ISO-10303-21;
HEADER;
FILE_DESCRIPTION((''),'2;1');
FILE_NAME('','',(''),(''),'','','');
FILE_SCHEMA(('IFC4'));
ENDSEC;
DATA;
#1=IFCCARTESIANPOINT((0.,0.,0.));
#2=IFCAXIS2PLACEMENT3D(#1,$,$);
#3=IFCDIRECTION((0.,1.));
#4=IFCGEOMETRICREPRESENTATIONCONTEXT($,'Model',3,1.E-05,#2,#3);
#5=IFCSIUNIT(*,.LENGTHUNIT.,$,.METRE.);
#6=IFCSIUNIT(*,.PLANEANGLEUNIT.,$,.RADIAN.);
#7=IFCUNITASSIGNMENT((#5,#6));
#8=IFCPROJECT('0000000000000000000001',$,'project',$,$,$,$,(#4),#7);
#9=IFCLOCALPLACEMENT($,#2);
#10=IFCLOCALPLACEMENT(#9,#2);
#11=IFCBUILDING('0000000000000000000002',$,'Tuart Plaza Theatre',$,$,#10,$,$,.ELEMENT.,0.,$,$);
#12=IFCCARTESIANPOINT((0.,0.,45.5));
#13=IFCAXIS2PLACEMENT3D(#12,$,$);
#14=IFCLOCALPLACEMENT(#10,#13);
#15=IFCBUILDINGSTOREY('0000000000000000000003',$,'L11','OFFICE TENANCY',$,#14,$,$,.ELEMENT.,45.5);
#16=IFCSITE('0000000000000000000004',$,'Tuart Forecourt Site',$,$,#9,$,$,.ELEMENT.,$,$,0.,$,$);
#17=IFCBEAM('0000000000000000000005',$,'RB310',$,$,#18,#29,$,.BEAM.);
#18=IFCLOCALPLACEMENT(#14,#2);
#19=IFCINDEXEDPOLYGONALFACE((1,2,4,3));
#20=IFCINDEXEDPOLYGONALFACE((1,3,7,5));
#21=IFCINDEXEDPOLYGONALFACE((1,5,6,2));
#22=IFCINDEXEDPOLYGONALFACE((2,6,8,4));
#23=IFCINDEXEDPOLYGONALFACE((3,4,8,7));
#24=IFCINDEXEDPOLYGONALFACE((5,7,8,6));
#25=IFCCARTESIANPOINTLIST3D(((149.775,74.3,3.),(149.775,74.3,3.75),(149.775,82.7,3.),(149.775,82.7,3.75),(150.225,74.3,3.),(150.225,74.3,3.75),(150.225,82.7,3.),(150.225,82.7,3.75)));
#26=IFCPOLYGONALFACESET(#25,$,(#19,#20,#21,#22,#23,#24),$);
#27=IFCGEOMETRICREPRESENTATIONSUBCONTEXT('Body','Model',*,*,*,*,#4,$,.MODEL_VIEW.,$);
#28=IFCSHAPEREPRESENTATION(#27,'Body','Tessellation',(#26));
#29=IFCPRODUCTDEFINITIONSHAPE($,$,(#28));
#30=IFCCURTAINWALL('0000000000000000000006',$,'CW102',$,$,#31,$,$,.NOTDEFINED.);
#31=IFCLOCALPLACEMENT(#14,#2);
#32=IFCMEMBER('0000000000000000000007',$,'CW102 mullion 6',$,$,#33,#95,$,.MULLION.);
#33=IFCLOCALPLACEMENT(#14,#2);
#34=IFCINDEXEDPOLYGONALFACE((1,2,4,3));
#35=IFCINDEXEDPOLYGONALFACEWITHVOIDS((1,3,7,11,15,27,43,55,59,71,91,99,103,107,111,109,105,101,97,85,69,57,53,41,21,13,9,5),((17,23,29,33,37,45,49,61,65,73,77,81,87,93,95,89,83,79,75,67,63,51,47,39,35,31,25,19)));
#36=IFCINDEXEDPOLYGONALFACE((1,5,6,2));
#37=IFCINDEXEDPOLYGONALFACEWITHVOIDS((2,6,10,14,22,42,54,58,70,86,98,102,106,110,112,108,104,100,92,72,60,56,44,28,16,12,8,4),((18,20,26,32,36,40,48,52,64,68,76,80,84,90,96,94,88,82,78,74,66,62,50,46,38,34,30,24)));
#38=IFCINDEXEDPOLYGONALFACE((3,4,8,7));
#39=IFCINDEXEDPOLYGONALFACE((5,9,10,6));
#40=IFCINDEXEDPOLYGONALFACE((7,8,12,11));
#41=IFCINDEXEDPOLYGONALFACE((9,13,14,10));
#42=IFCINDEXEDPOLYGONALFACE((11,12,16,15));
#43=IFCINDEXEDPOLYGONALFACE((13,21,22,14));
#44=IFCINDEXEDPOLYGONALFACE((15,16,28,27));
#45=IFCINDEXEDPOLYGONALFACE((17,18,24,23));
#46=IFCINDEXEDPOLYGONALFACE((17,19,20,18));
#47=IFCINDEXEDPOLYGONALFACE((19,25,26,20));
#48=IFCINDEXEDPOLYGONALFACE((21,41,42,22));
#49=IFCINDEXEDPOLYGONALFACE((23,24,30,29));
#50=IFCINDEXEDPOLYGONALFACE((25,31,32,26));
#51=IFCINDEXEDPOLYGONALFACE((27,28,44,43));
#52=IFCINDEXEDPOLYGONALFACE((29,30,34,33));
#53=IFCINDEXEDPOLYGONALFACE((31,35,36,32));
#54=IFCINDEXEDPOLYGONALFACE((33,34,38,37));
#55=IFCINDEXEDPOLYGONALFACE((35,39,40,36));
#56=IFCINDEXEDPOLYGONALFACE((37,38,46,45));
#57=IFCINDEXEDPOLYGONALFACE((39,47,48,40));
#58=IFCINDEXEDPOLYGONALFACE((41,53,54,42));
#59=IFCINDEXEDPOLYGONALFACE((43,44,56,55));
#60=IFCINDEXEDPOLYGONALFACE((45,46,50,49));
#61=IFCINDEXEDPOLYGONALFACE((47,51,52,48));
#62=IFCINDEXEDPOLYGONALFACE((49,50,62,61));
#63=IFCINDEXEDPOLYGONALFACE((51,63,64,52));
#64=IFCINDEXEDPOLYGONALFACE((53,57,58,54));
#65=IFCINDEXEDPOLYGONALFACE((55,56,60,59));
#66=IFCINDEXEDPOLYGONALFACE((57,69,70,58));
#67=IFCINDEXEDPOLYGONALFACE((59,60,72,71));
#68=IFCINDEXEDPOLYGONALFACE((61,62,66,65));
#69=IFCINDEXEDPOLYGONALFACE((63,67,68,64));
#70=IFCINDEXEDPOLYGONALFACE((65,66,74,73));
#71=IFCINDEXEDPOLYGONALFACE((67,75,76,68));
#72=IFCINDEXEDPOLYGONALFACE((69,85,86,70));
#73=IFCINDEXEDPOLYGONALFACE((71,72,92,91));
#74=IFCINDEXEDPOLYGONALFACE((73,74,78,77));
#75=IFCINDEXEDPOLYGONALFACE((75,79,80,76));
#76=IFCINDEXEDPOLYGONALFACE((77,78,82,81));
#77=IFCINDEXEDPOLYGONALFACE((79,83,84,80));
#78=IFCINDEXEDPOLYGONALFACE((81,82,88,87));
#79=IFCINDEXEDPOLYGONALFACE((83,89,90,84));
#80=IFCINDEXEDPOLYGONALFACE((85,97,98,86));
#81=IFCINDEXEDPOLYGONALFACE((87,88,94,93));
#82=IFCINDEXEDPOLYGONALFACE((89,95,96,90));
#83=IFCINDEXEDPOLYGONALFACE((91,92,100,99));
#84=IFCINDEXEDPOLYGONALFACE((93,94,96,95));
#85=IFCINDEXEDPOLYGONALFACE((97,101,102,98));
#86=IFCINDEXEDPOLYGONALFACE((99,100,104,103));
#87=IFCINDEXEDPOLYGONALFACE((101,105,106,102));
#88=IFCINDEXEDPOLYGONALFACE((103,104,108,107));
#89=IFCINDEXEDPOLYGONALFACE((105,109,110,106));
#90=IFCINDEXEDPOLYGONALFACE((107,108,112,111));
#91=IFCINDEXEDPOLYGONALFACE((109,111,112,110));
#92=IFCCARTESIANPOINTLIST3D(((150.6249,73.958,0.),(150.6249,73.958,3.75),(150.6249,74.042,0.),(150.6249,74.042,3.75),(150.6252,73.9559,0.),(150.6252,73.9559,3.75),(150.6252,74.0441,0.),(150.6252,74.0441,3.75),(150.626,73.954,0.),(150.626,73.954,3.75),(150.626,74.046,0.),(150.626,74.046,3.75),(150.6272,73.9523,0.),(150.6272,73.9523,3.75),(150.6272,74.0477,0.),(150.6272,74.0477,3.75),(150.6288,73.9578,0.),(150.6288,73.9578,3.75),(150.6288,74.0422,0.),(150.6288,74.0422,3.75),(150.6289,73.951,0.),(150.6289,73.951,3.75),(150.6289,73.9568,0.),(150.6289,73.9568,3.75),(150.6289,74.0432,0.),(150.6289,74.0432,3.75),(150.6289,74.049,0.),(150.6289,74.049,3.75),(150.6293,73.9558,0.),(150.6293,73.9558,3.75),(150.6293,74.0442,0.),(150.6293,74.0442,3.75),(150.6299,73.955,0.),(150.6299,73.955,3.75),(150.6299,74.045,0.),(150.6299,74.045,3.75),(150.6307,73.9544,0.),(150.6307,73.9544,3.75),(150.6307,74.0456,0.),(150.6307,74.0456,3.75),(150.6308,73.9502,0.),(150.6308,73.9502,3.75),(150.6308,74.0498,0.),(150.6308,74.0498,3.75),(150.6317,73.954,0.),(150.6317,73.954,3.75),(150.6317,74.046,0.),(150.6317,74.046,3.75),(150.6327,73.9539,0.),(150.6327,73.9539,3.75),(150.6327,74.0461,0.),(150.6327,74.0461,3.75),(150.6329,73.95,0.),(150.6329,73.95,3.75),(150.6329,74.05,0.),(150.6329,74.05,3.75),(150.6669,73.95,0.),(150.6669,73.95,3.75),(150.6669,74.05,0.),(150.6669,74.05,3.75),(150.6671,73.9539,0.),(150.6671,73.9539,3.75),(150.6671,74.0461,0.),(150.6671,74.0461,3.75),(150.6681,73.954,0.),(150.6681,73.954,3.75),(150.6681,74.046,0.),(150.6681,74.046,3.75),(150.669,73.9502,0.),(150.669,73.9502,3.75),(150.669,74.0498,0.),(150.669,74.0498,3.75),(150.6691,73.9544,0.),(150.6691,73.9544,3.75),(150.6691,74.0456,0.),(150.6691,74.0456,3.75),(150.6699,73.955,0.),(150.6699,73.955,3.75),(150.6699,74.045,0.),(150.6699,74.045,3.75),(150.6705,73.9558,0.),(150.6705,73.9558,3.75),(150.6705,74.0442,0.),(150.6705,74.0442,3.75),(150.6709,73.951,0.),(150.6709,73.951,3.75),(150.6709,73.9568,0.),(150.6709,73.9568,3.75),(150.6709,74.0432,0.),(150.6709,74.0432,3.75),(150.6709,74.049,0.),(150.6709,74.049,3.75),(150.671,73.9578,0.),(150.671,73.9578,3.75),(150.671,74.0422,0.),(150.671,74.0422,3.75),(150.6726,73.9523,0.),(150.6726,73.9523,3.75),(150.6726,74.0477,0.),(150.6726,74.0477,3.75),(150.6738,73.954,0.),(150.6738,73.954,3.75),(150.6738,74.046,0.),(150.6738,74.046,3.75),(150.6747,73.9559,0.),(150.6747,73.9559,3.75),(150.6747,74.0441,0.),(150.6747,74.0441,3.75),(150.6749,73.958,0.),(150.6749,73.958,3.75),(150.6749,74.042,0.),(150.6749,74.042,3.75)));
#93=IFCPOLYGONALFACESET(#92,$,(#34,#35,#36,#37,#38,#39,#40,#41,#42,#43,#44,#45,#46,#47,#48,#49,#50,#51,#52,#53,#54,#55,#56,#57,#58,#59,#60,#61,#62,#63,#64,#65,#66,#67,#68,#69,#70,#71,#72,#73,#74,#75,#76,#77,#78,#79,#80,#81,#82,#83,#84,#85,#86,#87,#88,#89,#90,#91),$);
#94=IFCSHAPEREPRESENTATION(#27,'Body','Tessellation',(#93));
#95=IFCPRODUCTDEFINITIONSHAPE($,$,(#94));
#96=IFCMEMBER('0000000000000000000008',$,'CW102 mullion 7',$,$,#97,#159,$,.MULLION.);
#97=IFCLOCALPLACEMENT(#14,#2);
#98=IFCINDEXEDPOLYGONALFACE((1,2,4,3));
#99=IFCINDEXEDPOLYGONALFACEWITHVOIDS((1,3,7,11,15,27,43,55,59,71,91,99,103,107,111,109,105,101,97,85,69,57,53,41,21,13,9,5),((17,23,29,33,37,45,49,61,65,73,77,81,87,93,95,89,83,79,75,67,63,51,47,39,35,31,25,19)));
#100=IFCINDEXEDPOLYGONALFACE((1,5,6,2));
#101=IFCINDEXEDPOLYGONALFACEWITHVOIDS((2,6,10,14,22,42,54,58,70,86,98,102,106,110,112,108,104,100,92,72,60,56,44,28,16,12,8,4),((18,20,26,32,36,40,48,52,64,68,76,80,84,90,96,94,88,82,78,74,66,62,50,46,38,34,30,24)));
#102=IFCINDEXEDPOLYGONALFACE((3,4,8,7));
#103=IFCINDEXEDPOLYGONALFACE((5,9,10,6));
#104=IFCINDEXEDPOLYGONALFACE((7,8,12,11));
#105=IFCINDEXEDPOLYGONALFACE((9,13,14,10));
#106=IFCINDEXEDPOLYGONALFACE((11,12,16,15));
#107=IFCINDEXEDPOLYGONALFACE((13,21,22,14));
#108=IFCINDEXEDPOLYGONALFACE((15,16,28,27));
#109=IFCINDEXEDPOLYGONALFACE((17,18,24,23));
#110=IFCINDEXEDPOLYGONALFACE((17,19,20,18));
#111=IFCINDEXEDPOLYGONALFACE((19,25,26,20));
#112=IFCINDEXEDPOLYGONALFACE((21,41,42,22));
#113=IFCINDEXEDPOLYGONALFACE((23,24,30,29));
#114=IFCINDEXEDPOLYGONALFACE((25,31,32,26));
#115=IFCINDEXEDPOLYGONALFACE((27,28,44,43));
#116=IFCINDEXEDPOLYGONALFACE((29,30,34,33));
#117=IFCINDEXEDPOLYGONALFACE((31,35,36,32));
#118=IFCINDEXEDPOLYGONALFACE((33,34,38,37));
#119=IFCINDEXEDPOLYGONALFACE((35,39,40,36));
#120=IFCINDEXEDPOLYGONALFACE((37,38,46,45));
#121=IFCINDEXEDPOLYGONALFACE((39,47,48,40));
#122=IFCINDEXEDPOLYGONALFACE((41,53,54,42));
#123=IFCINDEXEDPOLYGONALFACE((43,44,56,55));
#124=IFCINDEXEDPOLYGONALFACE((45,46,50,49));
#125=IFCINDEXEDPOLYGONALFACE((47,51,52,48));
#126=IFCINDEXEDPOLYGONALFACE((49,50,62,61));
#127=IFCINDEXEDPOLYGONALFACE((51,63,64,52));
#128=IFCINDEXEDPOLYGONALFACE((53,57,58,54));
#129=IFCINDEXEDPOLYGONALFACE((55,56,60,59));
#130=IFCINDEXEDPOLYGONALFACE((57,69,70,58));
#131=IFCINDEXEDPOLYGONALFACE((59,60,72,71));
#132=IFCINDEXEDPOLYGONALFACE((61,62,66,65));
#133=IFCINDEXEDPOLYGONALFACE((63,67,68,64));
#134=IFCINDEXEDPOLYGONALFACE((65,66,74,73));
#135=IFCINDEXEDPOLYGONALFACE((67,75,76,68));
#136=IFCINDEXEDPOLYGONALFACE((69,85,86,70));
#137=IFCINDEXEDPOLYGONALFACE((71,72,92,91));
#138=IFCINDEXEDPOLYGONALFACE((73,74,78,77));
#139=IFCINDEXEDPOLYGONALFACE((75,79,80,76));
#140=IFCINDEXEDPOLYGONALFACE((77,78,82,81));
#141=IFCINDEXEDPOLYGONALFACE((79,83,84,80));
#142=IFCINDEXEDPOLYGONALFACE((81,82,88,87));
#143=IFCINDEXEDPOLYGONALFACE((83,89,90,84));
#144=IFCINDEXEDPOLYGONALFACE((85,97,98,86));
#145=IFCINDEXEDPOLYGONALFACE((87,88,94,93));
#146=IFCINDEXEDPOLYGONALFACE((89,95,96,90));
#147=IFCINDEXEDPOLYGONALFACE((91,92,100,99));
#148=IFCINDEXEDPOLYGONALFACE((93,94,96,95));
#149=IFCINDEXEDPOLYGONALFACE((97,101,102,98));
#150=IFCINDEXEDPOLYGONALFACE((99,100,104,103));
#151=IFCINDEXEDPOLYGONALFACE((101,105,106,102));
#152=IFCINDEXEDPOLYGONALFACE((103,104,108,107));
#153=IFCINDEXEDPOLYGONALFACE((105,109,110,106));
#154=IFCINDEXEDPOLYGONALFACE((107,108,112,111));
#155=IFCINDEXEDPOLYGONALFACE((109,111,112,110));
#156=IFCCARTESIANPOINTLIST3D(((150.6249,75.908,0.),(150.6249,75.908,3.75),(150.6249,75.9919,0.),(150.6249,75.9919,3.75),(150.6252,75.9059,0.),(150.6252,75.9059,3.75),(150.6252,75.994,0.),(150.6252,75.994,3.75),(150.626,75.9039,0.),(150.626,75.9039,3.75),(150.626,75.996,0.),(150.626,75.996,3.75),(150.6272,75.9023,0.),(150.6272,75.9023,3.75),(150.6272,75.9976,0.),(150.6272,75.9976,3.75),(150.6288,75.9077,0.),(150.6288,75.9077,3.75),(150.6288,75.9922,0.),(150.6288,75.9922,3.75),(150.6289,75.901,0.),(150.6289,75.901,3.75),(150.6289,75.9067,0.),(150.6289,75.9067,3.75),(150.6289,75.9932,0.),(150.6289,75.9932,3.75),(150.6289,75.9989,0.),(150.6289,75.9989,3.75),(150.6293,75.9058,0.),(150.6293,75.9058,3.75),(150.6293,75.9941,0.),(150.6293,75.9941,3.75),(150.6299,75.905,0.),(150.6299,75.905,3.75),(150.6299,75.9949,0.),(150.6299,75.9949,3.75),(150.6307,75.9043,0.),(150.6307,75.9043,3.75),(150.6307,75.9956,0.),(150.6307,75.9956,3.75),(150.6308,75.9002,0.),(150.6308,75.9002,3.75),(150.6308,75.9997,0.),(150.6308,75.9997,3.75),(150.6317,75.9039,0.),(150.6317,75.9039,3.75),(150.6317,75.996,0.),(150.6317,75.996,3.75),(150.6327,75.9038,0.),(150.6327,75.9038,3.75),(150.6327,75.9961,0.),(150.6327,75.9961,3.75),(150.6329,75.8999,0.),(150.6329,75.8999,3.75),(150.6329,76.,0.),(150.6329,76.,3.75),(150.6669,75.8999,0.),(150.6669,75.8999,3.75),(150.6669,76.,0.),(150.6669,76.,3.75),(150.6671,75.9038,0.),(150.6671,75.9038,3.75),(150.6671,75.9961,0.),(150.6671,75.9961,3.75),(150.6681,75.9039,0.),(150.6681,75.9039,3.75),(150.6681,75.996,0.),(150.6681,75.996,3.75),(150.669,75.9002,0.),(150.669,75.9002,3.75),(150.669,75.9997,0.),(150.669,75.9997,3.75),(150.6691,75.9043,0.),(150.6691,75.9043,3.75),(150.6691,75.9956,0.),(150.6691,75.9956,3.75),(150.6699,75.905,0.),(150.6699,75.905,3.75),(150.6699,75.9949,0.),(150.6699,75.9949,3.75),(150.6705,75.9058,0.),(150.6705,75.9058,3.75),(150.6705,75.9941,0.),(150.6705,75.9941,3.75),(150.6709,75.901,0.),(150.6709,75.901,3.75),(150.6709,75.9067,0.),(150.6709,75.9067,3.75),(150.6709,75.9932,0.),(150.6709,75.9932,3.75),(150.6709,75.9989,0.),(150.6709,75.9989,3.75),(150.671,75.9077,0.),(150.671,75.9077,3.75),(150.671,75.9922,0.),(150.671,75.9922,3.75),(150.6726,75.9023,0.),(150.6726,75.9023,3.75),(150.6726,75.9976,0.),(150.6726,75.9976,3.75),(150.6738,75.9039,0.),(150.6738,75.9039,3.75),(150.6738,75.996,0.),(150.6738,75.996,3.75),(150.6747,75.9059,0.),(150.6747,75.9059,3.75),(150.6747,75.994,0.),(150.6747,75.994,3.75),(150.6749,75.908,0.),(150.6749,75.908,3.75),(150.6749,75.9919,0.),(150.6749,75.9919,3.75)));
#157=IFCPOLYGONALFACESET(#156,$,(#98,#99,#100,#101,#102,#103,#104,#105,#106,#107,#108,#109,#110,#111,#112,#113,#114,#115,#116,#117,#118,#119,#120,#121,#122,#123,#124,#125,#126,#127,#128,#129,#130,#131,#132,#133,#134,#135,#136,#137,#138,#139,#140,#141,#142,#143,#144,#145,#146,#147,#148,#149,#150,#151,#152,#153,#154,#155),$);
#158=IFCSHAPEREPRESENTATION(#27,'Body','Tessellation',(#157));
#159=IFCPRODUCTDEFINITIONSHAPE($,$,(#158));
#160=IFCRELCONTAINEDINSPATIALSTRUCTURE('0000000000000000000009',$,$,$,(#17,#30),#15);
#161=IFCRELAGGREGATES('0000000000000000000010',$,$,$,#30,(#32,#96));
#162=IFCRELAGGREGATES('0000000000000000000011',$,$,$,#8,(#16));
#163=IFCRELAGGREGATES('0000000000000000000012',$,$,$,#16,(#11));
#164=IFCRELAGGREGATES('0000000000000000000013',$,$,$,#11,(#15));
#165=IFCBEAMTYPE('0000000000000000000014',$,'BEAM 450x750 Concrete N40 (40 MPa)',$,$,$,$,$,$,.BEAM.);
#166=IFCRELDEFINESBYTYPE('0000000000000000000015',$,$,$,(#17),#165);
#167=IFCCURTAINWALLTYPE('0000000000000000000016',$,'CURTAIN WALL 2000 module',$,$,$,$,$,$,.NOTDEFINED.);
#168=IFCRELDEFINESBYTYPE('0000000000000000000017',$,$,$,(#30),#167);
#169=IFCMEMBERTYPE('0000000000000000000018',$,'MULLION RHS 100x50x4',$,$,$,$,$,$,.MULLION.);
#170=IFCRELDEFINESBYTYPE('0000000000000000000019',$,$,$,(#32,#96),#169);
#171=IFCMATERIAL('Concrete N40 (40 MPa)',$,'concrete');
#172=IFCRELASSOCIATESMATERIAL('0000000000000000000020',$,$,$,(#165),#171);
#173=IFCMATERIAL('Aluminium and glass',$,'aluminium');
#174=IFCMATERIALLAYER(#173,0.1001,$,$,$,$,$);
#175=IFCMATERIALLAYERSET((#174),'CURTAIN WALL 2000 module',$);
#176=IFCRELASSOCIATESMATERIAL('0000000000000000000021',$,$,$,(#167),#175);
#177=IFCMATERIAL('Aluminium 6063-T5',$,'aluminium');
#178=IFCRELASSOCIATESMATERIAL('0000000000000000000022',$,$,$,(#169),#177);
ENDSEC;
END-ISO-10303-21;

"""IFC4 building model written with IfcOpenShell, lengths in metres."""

from ifc_helpers import new_model, si_unit, direction, frame, origin, origin_2d, place, context, subcontext, project, spatial, rectangle, hollow_rectangle, extrude, material, layer, layer_set, material_profile, profile_set, type_object, element, aggregate, save


model = new_model("IFC4")

# Units and contexts
model_context = context("Model", 3, precision=1e-05, world=origin(), true_north=direction((0.0, 1.0)))
body_context = subcontext(model_context, "Body", "Model", "MODEL_VIEW")
ifc_project = project(units=[si_unit("LENGTHUNIT", "METRE"), si_unit("PLANEANGLEUNIT", "RADIAN")], contexts=[model_context])

# Site, building, storey
site_placement = place(None, origin())
site = spatial("IfcSite", under=ifc_project, at=site_placement, Name="Tuart Forecourt Site", CompositionType="ELEMENT", RefElevation=0.0)
building_placement = place(site_placement, origin())
building = spatial("IfcBuilding", under=site, at=building_placement, Name="Tuart Plaza Theatre", CompositionType="ELEMENT", ElevationOfRefHeight=0.0)
storey_placement = place(building_placement, frame((0.0, 0.0, 45.5)))
storey = spatial("IfcBuildingStorey", under=building, at=storey_placement, Name="L11", Description="OFFICE TENANCY", CompositionType="ELEMENT", Elevation=45.5)

# Beam
ifc_material_1 = material(Name="Concrete N40 (40 MPa)", Category="concrete")
ifc_material_profile_1 = material_profile(ifc_material_1, rectangle(XDim=0.45, YDim=0.75, at=origin_2d()), Name="BEAM 450x750 Concrete N40 (40 MPa)")
ifc_profile_set_1 = profile_set([ifc_material_profile_1], Name="Concrete N40 (40 MPa)")
beam_type = type_object("IfcBeamType", Name="BEAM 450x750 Concrete N40 (40 MPa)", PredefinedType="BEAM", material=ifc_profile_set_1)
beam_placement = place(storey_placement, frame((150.0, 74.3, 3.375), z_axis=(0.0, 1.0, 0.0), x_axis=(-1.0, 0.0, 0.0)))
element("IfcBeam", 1, at=beam_placement, inside=storey, type_object=beam_type, Name="RB310", PredefinedType="BEAM", context=body_context, shape_type="SweptSolid", body=[
    extrude(rectangle(XDim=0.45, YDim=0.75, at=origin_2d()), origin(), (0.0, 0.0, 1.0), 8.3999),
])

# Curtain wall, members
ifc_material_2 = material(Name="Aluminium and glass", Category="aluminium")
ifc_layer_1 = layer(ifc_material_2, 0.1001)
ifc_layer_set_1 = layer_set([ifc_layer_1], Name="CURTAIN WALL 2000 module")
curtain_wall_type = type_object("IfcCurtainWallType", Name="CURTAIN WALL 2000 module", PredefinedType="NOTDEFINED", material=ifc_layer_set_1)
curtain_wall_placement = place(storey_placement, origin())
curtain_wall = element("IfcCurtainWall", 2, at=curtain_wall_placement, inside=storey, type_object=curtain_wall_type, Name="CW102", PredefinedType="NOTDEFINED")
ifc_material_3 = material(Name="Aluminium 6063-T5", Category="aluminium")
ifc_material_profile_2 = material_profile(ifc_material_3, hollow_rectangle(XDim=0.05, YDim=0.1001, WallThickness=0.0039, InnerFilletRadius=0.0039, OuterFilletRadius=0.0081, at=origin_2d()), Name="RHS 100x50x4")
ifc_profile_set_2 = profile_set([ifc_material_profile_2], Name="Aluminium 6063-T5")
member_type_1 = type_object("IfcMemberType", Name="MULLION RHS 100x50x4", PredefinedType="MULLION", material=ifc_profile_set_2)
member_1_placement = place(storey_placement, frame((150.6499, 74.0, 0.0), z_axis=(0.0, 0.0, 1.0), x_axis=(-1.0, 0.0, 0.0)))
member_1 = element("IfcMember", 3, at=member_1_placement, type_object=member_type_1, Name="CW102 mullion 6", PredefinedType="MULLION", context=body_context, shape_type="SweptSolid", body=[
    extrude(hollow_rectangle(XDim=0.05, YDim=0.1001, WallThickness=0.0039, InnerFilletRadius=0.0039, OuterFilletRadius=0.0081, at=origin_2d()), origin(), (0.0, 0.0, 1.0), 3.75),
])
member_2_placement = place(storey_placement, frame((150.6499, 75.95, 0.0), z_axis=(0.0, 0.0, 1.0), x_axis=(-1.0, 0.0, 0.0)))
member_2 = element("IfcMember", 4, at=member_2_placement, type_object=member_type_1, Name="CW102 mullion 7", PredefinedType="MULLION", context=body_context, shape_type="SweptSolid", body=[
    extrude(hollow_rectangle(XDim=0.05, YDim=0.1001, WallThickness=0.0039, InnerFilletRadius=0.0039, OuterFilletRadius=0.0081, at=origin_2d()), origin(), (0.0, 0.0, 1.0), 3.75),
])
aggregate(curtain_wall, [member_1, member_2])

save(model, "model.ifc")
